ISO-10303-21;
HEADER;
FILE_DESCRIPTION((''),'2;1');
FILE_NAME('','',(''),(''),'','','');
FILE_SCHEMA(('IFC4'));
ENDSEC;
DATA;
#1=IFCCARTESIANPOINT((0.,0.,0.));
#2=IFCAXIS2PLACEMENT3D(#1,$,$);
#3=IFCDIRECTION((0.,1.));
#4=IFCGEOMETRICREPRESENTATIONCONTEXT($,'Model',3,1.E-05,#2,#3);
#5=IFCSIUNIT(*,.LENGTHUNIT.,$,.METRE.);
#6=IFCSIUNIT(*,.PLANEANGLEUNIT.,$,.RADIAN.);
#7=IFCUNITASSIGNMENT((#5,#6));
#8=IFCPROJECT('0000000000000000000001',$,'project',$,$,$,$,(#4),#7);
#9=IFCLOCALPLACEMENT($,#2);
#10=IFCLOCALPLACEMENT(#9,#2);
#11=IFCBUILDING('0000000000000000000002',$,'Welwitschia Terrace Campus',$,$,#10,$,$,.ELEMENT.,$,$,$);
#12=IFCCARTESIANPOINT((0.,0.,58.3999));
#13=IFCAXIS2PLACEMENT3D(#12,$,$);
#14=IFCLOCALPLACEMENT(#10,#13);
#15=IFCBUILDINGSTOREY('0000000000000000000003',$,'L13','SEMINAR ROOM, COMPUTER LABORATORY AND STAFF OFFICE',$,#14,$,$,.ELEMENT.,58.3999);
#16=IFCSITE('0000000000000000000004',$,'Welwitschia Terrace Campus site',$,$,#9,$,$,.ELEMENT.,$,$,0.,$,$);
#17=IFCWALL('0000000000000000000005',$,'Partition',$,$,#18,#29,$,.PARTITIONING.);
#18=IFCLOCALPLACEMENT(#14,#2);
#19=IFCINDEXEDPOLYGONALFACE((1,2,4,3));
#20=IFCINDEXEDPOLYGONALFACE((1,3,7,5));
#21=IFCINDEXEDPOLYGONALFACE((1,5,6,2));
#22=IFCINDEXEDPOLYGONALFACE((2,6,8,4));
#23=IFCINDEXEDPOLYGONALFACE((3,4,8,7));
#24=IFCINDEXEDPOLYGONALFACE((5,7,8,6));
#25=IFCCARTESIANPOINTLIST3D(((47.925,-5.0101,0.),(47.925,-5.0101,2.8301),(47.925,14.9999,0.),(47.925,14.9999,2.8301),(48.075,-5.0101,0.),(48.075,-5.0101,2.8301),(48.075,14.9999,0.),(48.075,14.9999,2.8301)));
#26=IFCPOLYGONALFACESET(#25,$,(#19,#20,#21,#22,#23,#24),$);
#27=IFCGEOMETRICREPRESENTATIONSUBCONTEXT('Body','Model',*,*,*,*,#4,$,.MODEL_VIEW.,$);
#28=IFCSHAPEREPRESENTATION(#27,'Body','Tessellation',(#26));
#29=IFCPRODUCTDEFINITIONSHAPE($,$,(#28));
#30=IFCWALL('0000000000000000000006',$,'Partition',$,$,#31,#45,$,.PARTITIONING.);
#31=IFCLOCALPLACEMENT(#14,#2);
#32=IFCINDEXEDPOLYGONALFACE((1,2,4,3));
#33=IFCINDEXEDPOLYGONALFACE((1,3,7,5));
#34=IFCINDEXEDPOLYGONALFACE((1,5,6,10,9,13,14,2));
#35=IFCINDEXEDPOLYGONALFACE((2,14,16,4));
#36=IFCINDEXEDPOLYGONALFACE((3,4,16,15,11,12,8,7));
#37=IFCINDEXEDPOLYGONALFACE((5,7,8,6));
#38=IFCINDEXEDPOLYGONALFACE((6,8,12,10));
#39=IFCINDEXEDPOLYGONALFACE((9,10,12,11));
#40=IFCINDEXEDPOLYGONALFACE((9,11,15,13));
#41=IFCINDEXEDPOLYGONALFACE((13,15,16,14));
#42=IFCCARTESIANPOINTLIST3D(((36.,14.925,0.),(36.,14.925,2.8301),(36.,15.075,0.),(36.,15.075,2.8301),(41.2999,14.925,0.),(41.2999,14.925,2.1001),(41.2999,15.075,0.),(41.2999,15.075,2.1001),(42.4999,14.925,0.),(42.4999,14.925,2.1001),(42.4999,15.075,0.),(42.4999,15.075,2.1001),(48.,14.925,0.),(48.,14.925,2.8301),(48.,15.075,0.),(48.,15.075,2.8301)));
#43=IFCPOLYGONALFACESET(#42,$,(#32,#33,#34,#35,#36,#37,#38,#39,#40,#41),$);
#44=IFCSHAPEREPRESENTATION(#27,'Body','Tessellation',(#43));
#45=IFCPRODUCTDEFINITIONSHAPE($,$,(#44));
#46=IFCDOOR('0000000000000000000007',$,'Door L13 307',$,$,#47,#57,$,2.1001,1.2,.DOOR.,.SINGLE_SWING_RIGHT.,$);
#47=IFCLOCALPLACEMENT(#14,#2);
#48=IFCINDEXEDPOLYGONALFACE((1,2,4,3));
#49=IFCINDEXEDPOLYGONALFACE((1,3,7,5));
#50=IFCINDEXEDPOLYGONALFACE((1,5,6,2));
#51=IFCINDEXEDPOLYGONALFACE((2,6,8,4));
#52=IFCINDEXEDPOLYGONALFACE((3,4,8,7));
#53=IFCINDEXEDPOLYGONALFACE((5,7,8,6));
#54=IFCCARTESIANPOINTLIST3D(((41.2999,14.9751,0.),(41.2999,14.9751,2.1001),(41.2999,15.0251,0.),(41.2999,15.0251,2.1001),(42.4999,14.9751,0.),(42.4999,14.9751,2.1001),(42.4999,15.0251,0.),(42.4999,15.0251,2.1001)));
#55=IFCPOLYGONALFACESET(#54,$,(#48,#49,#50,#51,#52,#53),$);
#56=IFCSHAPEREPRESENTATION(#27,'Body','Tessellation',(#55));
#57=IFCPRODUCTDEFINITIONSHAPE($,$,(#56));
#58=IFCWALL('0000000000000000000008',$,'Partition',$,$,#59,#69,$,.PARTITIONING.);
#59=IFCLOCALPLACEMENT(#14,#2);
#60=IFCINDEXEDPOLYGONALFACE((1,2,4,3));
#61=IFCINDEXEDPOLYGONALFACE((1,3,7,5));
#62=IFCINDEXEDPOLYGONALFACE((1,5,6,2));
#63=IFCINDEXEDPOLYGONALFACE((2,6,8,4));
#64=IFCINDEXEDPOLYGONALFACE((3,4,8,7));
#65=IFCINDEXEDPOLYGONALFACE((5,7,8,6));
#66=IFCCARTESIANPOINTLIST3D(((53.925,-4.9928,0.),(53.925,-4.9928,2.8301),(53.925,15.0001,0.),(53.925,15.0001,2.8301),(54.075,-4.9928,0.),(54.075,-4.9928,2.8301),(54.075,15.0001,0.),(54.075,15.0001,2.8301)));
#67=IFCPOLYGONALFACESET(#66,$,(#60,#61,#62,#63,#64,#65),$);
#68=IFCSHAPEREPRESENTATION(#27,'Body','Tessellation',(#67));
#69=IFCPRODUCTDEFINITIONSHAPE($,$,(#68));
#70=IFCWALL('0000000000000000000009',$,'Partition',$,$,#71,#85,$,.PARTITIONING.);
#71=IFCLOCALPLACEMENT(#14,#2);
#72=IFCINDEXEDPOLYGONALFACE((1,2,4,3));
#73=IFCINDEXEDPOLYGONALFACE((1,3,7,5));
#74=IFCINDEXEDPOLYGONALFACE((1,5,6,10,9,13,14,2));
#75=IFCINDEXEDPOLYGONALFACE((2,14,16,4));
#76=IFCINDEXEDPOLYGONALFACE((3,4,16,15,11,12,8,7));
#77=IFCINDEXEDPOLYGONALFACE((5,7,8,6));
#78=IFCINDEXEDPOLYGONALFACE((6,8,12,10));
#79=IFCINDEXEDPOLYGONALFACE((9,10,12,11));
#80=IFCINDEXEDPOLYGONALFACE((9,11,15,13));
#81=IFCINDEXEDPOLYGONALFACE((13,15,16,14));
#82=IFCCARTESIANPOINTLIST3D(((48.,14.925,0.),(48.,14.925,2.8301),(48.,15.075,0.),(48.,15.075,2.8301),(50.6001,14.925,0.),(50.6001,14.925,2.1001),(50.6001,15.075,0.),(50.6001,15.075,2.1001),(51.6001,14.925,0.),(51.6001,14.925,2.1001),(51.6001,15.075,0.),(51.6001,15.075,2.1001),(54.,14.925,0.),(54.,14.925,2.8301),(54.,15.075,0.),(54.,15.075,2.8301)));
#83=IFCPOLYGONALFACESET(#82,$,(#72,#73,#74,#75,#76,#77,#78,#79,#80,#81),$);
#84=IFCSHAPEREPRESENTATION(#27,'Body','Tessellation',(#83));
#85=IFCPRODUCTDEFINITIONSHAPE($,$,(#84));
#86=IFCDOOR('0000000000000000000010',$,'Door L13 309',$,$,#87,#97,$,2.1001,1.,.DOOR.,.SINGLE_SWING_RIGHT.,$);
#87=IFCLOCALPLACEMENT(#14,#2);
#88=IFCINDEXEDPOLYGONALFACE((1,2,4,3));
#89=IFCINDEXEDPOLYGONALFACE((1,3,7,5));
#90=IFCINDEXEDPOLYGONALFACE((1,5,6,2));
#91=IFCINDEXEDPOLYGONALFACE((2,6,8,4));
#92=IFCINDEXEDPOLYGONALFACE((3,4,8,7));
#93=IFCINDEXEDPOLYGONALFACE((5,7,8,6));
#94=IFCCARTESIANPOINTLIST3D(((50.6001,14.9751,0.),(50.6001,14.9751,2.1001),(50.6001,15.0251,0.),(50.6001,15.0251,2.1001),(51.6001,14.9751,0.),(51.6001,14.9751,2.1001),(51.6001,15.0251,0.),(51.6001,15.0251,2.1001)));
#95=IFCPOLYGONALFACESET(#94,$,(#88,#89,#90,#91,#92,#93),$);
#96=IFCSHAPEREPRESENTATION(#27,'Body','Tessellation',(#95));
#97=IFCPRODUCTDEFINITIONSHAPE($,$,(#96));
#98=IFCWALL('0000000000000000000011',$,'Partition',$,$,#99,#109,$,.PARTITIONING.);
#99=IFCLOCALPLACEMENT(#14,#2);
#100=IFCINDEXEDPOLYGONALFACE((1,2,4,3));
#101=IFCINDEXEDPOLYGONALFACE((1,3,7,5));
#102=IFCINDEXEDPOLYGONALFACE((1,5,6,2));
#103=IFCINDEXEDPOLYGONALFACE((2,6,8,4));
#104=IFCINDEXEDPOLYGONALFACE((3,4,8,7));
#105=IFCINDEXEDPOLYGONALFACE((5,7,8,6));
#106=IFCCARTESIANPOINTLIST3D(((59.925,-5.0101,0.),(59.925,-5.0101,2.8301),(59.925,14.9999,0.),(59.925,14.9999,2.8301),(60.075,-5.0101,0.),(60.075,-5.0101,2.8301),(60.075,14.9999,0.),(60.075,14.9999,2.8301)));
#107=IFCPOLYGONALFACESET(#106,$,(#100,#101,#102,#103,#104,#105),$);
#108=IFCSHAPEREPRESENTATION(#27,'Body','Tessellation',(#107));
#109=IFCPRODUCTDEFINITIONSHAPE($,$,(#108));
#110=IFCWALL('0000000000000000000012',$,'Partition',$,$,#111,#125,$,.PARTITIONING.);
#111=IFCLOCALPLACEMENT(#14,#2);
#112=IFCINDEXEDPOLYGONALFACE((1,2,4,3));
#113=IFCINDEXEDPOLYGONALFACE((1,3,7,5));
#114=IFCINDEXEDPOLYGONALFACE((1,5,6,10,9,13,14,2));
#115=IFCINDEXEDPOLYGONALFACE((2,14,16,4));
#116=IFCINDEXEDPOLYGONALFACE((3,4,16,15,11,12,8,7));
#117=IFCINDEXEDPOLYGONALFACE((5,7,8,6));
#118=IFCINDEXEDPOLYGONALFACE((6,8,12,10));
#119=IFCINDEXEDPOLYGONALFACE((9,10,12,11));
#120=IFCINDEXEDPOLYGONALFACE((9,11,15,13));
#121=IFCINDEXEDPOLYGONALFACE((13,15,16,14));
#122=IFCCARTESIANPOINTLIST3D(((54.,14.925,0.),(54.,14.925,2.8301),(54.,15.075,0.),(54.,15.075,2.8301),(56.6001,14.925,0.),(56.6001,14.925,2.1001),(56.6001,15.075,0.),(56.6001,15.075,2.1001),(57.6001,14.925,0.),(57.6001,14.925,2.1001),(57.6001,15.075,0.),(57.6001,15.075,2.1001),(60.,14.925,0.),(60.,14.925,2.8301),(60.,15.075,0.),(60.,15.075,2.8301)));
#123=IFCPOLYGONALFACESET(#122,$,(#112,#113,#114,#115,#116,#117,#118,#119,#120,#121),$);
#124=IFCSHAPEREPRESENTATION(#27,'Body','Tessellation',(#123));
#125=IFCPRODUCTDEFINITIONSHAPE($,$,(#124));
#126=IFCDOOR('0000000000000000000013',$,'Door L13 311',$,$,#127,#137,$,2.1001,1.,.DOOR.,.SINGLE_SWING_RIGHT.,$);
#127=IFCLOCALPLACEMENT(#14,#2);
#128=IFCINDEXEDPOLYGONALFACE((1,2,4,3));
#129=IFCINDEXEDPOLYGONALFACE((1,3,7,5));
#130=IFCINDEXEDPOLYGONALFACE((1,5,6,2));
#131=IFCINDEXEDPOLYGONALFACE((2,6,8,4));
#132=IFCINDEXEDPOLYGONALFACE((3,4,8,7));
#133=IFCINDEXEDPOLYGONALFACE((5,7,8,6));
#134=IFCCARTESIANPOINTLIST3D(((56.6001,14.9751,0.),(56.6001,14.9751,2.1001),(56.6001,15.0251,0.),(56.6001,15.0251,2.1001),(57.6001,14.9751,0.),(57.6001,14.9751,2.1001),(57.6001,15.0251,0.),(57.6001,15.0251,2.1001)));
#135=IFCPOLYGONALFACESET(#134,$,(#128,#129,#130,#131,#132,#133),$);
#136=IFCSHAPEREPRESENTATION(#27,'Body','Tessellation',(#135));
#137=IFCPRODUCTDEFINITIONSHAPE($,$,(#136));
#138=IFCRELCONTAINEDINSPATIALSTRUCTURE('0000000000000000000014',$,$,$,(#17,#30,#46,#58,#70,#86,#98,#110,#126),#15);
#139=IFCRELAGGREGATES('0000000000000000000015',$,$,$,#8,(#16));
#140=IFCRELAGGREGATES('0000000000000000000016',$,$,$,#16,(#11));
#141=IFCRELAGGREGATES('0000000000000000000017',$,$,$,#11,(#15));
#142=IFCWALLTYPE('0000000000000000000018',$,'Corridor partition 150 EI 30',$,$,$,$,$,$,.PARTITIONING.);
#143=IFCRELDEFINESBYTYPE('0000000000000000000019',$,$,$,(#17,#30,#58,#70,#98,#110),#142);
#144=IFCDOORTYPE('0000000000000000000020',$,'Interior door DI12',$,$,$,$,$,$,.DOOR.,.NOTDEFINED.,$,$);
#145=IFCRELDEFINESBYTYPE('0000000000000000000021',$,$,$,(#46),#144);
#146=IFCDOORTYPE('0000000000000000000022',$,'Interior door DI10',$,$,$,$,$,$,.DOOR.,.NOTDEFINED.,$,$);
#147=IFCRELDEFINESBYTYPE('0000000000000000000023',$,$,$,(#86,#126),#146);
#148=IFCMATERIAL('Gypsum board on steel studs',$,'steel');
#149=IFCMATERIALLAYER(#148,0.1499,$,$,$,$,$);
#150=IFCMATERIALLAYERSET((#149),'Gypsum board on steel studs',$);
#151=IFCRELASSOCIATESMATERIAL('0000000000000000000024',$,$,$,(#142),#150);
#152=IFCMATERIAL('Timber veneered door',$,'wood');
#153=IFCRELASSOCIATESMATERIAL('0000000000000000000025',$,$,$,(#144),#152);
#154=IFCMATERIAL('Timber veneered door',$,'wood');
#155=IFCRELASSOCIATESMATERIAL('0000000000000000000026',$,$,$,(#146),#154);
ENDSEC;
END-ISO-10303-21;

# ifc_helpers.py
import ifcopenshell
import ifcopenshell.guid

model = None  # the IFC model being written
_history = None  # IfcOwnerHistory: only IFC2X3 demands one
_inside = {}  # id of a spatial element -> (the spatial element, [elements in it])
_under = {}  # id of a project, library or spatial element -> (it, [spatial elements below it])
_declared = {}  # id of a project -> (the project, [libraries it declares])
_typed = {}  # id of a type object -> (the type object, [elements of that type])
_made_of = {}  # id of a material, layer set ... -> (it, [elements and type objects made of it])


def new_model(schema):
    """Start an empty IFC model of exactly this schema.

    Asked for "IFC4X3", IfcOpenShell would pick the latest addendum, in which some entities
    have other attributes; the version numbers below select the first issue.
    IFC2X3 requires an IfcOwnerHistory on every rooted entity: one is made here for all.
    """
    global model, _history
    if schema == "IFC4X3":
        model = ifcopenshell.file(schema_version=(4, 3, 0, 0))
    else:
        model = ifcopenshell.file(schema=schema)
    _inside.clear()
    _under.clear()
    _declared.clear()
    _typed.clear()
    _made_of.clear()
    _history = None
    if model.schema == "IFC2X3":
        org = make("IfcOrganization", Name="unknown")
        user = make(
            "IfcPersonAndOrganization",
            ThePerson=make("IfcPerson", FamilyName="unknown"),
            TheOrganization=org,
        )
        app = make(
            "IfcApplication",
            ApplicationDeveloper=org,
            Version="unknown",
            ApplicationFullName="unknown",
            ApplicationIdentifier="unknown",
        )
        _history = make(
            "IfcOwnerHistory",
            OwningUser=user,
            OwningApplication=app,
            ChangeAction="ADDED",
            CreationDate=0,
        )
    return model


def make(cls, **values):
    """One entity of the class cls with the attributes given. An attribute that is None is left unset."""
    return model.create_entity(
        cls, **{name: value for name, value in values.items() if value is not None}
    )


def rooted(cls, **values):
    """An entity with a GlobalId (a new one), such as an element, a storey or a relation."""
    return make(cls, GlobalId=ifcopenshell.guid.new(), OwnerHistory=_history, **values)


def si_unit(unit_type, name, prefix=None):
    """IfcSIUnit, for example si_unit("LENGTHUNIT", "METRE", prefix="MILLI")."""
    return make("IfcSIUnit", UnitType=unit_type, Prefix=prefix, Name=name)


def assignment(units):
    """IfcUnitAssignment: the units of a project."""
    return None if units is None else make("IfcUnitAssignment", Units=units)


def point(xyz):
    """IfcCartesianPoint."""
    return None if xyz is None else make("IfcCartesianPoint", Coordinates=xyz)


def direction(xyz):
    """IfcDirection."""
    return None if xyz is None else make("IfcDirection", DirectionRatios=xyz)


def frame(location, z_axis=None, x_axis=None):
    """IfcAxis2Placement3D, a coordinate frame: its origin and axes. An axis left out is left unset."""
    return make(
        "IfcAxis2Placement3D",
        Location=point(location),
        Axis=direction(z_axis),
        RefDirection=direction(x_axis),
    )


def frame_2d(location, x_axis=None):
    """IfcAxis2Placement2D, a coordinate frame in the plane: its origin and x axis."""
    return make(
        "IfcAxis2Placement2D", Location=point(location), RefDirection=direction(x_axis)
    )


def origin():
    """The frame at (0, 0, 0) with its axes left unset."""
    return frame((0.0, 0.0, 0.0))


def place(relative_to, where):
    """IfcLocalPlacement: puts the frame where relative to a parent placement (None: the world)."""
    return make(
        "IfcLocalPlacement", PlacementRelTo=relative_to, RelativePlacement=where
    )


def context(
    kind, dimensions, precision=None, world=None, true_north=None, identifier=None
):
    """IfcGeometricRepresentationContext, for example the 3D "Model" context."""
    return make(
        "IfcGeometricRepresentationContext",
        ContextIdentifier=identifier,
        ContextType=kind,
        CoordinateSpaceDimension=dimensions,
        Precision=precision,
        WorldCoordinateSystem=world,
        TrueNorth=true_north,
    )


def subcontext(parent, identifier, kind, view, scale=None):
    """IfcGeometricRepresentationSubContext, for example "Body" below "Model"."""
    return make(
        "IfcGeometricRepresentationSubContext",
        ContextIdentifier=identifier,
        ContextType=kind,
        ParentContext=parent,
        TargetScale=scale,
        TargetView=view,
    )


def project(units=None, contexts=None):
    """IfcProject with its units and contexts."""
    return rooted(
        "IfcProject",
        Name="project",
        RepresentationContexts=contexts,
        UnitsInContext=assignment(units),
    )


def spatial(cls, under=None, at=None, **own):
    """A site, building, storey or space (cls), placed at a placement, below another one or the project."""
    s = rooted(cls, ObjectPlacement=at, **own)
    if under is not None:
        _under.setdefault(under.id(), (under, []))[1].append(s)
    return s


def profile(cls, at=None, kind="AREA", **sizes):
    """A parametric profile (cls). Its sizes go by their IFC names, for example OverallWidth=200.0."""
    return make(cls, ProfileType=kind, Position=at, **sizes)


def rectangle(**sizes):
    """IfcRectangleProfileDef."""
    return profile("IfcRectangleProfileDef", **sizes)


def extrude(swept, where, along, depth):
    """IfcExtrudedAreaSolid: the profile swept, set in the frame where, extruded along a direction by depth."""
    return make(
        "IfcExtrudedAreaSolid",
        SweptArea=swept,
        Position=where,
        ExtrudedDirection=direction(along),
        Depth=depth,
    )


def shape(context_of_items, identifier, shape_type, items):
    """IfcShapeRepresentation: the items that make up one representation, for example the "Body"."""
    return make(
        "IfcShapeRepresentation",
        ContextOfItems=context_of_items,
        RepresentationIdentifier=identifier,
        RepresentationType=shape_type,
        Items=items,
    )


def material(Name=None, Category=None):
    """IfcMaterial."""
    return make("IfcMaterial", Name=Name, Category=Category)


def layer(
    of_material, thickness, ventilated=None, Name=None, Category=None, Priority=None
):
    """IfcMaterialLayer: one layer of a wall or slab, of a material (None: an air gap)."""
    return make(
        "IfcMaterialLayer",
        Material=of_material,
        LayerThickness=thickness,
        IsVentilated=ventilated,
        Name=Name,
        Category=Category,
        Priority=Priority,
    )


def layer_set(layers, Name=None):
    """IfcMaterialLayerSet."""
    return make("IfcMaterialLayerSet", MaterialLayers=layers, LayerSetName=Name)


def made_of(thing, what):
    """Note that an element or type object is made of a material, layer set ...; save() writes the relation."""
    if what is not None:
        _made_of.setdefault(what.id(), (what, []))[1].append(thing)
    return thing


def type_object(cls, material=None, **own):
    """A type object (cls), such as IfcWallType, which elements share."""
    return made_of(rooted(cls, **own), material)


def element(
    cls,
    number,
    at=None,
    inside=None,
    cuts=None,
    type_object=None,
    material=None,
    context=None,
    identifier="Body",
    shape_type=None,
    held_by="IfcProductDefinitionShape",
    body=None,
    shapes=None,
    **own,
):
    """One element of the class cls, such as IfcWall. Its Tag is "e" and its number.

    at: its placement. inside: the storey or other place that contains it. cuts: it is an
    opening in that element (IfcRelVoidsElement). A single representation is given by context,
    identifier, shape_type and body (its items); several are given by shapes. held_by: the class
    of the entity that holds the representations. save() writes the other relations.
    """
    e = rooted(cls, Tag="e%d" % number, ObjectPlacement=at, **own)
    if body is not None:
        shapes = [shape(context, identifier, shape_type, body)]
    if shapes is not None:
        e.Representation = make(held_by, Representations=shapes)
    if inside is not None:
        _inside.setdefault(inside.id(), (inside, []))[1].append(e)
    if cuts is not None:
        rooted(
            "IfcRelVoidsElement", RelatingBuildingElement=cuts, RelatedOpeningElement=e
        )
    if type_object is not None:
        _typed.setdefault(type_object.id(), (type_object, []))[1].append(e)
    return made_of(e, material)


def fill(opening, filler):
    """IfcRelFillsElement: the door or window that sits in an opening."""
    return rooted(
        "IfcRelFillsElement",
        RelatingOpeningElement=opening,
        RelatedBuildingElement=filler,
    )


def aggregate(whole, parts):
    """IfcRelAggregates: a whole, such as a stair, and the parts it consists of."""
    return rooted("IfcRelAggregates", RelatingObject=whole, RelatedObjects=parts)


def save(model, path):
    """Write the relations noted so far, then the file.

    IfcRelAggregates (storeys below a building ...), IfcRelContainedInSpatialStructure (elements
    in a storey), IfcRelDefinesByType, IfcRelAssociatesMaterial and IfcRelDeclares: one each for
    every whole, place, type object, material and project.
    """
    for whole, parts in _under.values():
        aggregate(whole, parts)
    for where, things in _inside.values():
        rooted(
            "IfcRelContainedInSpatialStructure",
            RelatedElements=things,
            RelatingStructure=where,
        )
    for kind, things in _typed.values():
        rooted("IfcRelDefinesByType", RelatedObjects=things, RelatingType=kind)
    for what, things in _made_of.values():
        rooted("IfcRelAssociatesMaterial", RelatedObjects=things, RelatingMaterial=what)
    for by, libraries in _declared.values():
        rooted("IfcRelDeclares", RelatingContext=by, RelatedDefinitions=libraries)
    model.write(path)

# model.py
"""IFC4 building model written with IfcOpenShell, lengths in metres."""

from ifc_helpers import new_model, si_unit, direction, frame, frame_2d, origin, place, context, subcontext, project, spatial, rectangle, extrude, material, layer, layer_set, type_object, element, fill, save


model = new_model("IFC4")

# Units and contexts
model_context = context("Model", 3, precision=1e-05, world=origin(), true_north=direction((0.0, 1.0)))
body_context = subcontext(model_context, "Body", "Model", "MODEL_VIEW")
ifc_project = project(units=[si_unit("LENGTHUNIT", "METRE"), si_unit("PLANEANGLEUNIT", "RADIAN")], contexts=[model_context])

# Site, building, storey
site_placement = place(None, origin())
site = spatial("IfcSite", under=ifc_project, at=site_placement, Name="Welwitschia Terrace Campus site", CompositionType="ELEMENT", RefElevation=0.0)
building_placement = place(site_placement, origin())
building = spatial("IfcBuilding", under=site, at=building_placement, Name="Welwitschia Terrace Campus", CompositionType="ELEMENT")
storey_placement = place(building_placement, frame((0.0, 0.0, 58.3999)))
storey = spatial("IfcBuildingStorey", under=building, at=storey_placement, Name="L13", Description="SEMINAR ROOM, COMPUTER LABORATORY AND STAFF OFFICE", CompositionType="ELEMENT", Elevation=58.3999)

# Wall
ifc_material_1 = material(Name="Gypsum board on steel studs", Category="steel")
ifc_layer_1 = layer(ifc_material_1, 0.1499)
ifc_layer_set_1 = layer_set([ifc_layer_1], Name="Gypsum board on steel studs")
wall_type = type_object("IfcWallType", Name="Corridor partition 150 EI 30", PredefinedType="PARTITIONING", material=ifc_layer_set_1)
wall_1_placement = place(storey_placement, frame((48.0, -5.01, 0.0), z_axis=(0.0, 0.0, 1.0), x_axis=(0.0, 1.0, 0.0)))
element("IfcWall", 1, at=wall_1_placement, inside=storey, type_object=wall_type, Name="Partition", PredefinedType="PARTITIONING", context=body_context, shape_type="SweptSolid", body=[
    extrude(rectangle(XDim=20.01, YDim=0.1499, at=frame_2d((10.0049, 0.0))), origin(), (0.0, 0.0, 1.0), 2.8301),
])

# Wall, opening, door
wall_2_placement = place(storey_placement, frame((48.0, 15.0, 0.0), z_axis=(0.0, 0.0, 1.0), x_axis=(-1.0, 0.0, 0.0)))
wall_2 = element("IfcWall", 2, at=wall_2_placement, inside=storey, type_object=wall_type, Name="Partition", PredefinedType="PARTITIONING", context=body_context, shape_type="SweptSolid", body=[
    extrude(rectangle(XDim=12.0, YDim=0.1499, at=frame_2d((6.0, 0.0))), origin(), (0.0, 0.0, 1.0), 2.8301),
])
opening_1_placement = place(wall_2_placement, frame((5.5, 0.0, 0.0)))
opening_1 = element("IfcOpeningElement", 3, at=opening_1_placement, cuts=wall_2, PredefinedType="OPENING", context=body_context, shape_type="SweptSolid", body=[
    extrude(rectangle(XDim=1.2, YDim=2.1001, at=frame_2d((0.6001, 1.05))), frame((0.0, 0.085, 0.0), z_axis=(0.0, -1.0, 0.0), x_axis=(1.0, 0.0, 0.0)), (0.0, 0.0, 1.0), 0.1699),
])
ifc_material_2 = material(Name="Timber veneered door", Category="wood")
door_type_1 = type_object("IfcDoorType", Name="Interior door DI12", OperationType="NOTDEFINED", PredefinedType="DOOR", material=ifc_material_2)
door_1_placement = place(opening_1_placement, origin())
door_1 = element("IfcDoor", 4, at=door_1_placement, inside=storey, type_object=door_type_1, Name="Door L13 307", OperationType="SINGLE_SWING_RIGHT", OverallHeight=2.1001, OverallWidth=1.2, PredefinedType="DOOR", context=body_context, shape_type="SweptSolid", body=[
    extrude(rectangle(XDim=1.2, YDim=2.1001, at=frame_2d((0.6001, 1.05))), frame((0.0, 0.0249, 0.0), z_axis=(0.0, -1.0, 0.0), x_axis=(1.0, 0.0, 0.0)), (0.0, 0.0, 1.0), 0.05),
])
fill(opening_1, door_1)

# Wall
wall_3_placement = place(storey_placement, frame((54.0, -4.9929, 0.0), z_axis=(0.0, 0.0, 1.0), x_axis=(0.0, 1.0, 0.0)))
element("IfcWall", 5, at=wall_3_placement, inside=storey, type_object=wall_type, Name="Partition", PredefinedType="PARTITIONING", context=body_context, shape_type="SweptSolid", body=[
    extrude(rectangle(XDim=19.9929, YDim=0.1499, at=frame_2d((9.9966, 0.0))), origin(), (0.0, 0.0, 1.0), 2.8301),
])

# Wall, opening, door
wall_4_placement = place(storey_placement, frame((54.0, 15.0, 0.0), z_axis=(0.0, 0.0, 1.0), x_axis=(-1.0, 0.0, 0.0)))
wall_4 = element("IfcWall", 6, at=wall_4_placement, inside=storey, type_object=wall_type, Name="Partition", PredefinedType="PARTITIONING", context=body_context, shape_type="SweptSolid", body=[
    extrude(rectangle(XDim=6.0, YDim=0.1499, at=frame_2d((3.0, 0.0))), origin(), (0.0, 0.0, 1.0), 2.8301),
])
opening_2_placement = place(wall_4_placement, frame((2.3999, 0.0, 0.0)))
opening_2 = element("IfcOpeningElement", 7, at=opening_2_placement, cuts=wall_4, PredefinedType="OPENING", context=body_context, shape_type="SweptSolid", body=[
    extrude(rectangle(XDim=1.0, YDim=2.1001, at=frame_2d((0.5, 1.05))), frame((0.0, 0.085, 0.0), z_axis=(0.0, -1.0, 0.0), x_axis=(1.0, 0.0, 0.0)), (0.0, 0.0, 1.0), 0.1699),
])
ifc_material_3 = material(Name="Timber veneered door", Category="wood")
door_type_2 = type_object("IfcDoorType", Name="Interior door DI10", OperationType="NOTDEFINED", PredefinedType="DOOR", material=ifc_material_3)
door_2_placement = place(opening_2_placement, origin())
door_2 = element("IfcDoor", 8, at=door_2_placement, inside=storey, type_object=door_type_2, Name="Door L13 309", OperationType="SINGLE_SWING_RIGHT", OverallHeight=2.1001, OverallWidth=1.0, PredefinedType="DOOR", context=body_context, shape_type="SweptSolid", body=[
    extrude(rectangle(XDim=1.0, YDim=2.1001, at=frame_2d((0.5, 1.05))), frame((0.0, 0.0249, 0.0), z_axis=(0.0, -1.0, 0.0), x_axis=(1.0, 0.0, 0.0)), (0.0, 0.0, 1.0), 0.05),
])
fill(opening_2, door_2)

# Wall
wall_5_placement = place(storey_placement, frame((60.0, -5.01, 0.0), z_axis=(0.0, 0.0, 1.0), x_axis=(0.0, 1.0, 0.0)))
element("IfcWall", 9, at=wall_5_placement, inside=storey, type_object=wall_type, Name="Partition", PredefinedType="PARTITIONING", context=body_context, shape_type="SweptSolid", body=[
    extrude(rectangle(XDim=20.01, YDim=0.1499, at=frame_2d((10.0049, 0.0))), origin(), (0.0, 0.0, 1.0), 2.8301),
])

# Wall, opening, door
wall_6_placement = place(storey_placement, frame((60.0, 15.0, 0.0), z_axis=(0.0, 0.0, 1.0), x_axis=(-1.0, 0.0, 0.0)))
wall_6 = element("IfcWall", 10, at=wall_6_placement, inside=storey, type_object=wall_type, Name="Partition", PredefinedType="PARTITIONING", context=body_context, shape_type="SweptSolid", body=[
    extrude(rectangle(XDim=6.0, YDim=0.1499, at=frame_2d((3.0, 0.0))), origin(), (0.0, 0.0, 1.0), 2.8301),
])
opening_3_placement = place(wall_6_placement, frame((2.3999, 0.0, 0.0)))
opening_3 = element("IfcOpeningElement", 11, at=opening_3_placement, cuts=wall_6, PredefinedType="OPENING", context=body_context, shape_type="SweptSolid", body=[
    extrude(rectangle(XDim=1.0, YDim=2.1001, at=frame_2d((0.5, 1.05))), frame((0.0, 0.085, 0.0), z_axis=(0.0, -1.0, 0.0), x_axis=(1.0, 0.0, 0.0)), (0.0, 0.0, 1.0), 0.1699),
])
door_3_placement = place(opening_3_placement, origin())
door_3 = element("IfcDoor", 12, at=door_3_placement, inside=storey, type_object=door_type_2, Name="Door L13 311", OperationType="SINGLE_SWING_RIGHT", OverallHeight=2.1001, OverallWidth=1.0, PredefinedType="DOOR", context=body_context, shape_type="SweptSolid", body=[
    extrude(rectangle(XDim=1.0, YDim=2.1001, at=frame_2d((0.5, 1.05))), frame((0.0, 0.0249, 0.0), z_axis=(0.0, -1.0, 0.0), x_axis=(1.0, 0.0, 0.0)), (0.0, 0.0, 1.0), 0.05),
])
fill(opening_3, door_3)

save(model, "model.ifc")
